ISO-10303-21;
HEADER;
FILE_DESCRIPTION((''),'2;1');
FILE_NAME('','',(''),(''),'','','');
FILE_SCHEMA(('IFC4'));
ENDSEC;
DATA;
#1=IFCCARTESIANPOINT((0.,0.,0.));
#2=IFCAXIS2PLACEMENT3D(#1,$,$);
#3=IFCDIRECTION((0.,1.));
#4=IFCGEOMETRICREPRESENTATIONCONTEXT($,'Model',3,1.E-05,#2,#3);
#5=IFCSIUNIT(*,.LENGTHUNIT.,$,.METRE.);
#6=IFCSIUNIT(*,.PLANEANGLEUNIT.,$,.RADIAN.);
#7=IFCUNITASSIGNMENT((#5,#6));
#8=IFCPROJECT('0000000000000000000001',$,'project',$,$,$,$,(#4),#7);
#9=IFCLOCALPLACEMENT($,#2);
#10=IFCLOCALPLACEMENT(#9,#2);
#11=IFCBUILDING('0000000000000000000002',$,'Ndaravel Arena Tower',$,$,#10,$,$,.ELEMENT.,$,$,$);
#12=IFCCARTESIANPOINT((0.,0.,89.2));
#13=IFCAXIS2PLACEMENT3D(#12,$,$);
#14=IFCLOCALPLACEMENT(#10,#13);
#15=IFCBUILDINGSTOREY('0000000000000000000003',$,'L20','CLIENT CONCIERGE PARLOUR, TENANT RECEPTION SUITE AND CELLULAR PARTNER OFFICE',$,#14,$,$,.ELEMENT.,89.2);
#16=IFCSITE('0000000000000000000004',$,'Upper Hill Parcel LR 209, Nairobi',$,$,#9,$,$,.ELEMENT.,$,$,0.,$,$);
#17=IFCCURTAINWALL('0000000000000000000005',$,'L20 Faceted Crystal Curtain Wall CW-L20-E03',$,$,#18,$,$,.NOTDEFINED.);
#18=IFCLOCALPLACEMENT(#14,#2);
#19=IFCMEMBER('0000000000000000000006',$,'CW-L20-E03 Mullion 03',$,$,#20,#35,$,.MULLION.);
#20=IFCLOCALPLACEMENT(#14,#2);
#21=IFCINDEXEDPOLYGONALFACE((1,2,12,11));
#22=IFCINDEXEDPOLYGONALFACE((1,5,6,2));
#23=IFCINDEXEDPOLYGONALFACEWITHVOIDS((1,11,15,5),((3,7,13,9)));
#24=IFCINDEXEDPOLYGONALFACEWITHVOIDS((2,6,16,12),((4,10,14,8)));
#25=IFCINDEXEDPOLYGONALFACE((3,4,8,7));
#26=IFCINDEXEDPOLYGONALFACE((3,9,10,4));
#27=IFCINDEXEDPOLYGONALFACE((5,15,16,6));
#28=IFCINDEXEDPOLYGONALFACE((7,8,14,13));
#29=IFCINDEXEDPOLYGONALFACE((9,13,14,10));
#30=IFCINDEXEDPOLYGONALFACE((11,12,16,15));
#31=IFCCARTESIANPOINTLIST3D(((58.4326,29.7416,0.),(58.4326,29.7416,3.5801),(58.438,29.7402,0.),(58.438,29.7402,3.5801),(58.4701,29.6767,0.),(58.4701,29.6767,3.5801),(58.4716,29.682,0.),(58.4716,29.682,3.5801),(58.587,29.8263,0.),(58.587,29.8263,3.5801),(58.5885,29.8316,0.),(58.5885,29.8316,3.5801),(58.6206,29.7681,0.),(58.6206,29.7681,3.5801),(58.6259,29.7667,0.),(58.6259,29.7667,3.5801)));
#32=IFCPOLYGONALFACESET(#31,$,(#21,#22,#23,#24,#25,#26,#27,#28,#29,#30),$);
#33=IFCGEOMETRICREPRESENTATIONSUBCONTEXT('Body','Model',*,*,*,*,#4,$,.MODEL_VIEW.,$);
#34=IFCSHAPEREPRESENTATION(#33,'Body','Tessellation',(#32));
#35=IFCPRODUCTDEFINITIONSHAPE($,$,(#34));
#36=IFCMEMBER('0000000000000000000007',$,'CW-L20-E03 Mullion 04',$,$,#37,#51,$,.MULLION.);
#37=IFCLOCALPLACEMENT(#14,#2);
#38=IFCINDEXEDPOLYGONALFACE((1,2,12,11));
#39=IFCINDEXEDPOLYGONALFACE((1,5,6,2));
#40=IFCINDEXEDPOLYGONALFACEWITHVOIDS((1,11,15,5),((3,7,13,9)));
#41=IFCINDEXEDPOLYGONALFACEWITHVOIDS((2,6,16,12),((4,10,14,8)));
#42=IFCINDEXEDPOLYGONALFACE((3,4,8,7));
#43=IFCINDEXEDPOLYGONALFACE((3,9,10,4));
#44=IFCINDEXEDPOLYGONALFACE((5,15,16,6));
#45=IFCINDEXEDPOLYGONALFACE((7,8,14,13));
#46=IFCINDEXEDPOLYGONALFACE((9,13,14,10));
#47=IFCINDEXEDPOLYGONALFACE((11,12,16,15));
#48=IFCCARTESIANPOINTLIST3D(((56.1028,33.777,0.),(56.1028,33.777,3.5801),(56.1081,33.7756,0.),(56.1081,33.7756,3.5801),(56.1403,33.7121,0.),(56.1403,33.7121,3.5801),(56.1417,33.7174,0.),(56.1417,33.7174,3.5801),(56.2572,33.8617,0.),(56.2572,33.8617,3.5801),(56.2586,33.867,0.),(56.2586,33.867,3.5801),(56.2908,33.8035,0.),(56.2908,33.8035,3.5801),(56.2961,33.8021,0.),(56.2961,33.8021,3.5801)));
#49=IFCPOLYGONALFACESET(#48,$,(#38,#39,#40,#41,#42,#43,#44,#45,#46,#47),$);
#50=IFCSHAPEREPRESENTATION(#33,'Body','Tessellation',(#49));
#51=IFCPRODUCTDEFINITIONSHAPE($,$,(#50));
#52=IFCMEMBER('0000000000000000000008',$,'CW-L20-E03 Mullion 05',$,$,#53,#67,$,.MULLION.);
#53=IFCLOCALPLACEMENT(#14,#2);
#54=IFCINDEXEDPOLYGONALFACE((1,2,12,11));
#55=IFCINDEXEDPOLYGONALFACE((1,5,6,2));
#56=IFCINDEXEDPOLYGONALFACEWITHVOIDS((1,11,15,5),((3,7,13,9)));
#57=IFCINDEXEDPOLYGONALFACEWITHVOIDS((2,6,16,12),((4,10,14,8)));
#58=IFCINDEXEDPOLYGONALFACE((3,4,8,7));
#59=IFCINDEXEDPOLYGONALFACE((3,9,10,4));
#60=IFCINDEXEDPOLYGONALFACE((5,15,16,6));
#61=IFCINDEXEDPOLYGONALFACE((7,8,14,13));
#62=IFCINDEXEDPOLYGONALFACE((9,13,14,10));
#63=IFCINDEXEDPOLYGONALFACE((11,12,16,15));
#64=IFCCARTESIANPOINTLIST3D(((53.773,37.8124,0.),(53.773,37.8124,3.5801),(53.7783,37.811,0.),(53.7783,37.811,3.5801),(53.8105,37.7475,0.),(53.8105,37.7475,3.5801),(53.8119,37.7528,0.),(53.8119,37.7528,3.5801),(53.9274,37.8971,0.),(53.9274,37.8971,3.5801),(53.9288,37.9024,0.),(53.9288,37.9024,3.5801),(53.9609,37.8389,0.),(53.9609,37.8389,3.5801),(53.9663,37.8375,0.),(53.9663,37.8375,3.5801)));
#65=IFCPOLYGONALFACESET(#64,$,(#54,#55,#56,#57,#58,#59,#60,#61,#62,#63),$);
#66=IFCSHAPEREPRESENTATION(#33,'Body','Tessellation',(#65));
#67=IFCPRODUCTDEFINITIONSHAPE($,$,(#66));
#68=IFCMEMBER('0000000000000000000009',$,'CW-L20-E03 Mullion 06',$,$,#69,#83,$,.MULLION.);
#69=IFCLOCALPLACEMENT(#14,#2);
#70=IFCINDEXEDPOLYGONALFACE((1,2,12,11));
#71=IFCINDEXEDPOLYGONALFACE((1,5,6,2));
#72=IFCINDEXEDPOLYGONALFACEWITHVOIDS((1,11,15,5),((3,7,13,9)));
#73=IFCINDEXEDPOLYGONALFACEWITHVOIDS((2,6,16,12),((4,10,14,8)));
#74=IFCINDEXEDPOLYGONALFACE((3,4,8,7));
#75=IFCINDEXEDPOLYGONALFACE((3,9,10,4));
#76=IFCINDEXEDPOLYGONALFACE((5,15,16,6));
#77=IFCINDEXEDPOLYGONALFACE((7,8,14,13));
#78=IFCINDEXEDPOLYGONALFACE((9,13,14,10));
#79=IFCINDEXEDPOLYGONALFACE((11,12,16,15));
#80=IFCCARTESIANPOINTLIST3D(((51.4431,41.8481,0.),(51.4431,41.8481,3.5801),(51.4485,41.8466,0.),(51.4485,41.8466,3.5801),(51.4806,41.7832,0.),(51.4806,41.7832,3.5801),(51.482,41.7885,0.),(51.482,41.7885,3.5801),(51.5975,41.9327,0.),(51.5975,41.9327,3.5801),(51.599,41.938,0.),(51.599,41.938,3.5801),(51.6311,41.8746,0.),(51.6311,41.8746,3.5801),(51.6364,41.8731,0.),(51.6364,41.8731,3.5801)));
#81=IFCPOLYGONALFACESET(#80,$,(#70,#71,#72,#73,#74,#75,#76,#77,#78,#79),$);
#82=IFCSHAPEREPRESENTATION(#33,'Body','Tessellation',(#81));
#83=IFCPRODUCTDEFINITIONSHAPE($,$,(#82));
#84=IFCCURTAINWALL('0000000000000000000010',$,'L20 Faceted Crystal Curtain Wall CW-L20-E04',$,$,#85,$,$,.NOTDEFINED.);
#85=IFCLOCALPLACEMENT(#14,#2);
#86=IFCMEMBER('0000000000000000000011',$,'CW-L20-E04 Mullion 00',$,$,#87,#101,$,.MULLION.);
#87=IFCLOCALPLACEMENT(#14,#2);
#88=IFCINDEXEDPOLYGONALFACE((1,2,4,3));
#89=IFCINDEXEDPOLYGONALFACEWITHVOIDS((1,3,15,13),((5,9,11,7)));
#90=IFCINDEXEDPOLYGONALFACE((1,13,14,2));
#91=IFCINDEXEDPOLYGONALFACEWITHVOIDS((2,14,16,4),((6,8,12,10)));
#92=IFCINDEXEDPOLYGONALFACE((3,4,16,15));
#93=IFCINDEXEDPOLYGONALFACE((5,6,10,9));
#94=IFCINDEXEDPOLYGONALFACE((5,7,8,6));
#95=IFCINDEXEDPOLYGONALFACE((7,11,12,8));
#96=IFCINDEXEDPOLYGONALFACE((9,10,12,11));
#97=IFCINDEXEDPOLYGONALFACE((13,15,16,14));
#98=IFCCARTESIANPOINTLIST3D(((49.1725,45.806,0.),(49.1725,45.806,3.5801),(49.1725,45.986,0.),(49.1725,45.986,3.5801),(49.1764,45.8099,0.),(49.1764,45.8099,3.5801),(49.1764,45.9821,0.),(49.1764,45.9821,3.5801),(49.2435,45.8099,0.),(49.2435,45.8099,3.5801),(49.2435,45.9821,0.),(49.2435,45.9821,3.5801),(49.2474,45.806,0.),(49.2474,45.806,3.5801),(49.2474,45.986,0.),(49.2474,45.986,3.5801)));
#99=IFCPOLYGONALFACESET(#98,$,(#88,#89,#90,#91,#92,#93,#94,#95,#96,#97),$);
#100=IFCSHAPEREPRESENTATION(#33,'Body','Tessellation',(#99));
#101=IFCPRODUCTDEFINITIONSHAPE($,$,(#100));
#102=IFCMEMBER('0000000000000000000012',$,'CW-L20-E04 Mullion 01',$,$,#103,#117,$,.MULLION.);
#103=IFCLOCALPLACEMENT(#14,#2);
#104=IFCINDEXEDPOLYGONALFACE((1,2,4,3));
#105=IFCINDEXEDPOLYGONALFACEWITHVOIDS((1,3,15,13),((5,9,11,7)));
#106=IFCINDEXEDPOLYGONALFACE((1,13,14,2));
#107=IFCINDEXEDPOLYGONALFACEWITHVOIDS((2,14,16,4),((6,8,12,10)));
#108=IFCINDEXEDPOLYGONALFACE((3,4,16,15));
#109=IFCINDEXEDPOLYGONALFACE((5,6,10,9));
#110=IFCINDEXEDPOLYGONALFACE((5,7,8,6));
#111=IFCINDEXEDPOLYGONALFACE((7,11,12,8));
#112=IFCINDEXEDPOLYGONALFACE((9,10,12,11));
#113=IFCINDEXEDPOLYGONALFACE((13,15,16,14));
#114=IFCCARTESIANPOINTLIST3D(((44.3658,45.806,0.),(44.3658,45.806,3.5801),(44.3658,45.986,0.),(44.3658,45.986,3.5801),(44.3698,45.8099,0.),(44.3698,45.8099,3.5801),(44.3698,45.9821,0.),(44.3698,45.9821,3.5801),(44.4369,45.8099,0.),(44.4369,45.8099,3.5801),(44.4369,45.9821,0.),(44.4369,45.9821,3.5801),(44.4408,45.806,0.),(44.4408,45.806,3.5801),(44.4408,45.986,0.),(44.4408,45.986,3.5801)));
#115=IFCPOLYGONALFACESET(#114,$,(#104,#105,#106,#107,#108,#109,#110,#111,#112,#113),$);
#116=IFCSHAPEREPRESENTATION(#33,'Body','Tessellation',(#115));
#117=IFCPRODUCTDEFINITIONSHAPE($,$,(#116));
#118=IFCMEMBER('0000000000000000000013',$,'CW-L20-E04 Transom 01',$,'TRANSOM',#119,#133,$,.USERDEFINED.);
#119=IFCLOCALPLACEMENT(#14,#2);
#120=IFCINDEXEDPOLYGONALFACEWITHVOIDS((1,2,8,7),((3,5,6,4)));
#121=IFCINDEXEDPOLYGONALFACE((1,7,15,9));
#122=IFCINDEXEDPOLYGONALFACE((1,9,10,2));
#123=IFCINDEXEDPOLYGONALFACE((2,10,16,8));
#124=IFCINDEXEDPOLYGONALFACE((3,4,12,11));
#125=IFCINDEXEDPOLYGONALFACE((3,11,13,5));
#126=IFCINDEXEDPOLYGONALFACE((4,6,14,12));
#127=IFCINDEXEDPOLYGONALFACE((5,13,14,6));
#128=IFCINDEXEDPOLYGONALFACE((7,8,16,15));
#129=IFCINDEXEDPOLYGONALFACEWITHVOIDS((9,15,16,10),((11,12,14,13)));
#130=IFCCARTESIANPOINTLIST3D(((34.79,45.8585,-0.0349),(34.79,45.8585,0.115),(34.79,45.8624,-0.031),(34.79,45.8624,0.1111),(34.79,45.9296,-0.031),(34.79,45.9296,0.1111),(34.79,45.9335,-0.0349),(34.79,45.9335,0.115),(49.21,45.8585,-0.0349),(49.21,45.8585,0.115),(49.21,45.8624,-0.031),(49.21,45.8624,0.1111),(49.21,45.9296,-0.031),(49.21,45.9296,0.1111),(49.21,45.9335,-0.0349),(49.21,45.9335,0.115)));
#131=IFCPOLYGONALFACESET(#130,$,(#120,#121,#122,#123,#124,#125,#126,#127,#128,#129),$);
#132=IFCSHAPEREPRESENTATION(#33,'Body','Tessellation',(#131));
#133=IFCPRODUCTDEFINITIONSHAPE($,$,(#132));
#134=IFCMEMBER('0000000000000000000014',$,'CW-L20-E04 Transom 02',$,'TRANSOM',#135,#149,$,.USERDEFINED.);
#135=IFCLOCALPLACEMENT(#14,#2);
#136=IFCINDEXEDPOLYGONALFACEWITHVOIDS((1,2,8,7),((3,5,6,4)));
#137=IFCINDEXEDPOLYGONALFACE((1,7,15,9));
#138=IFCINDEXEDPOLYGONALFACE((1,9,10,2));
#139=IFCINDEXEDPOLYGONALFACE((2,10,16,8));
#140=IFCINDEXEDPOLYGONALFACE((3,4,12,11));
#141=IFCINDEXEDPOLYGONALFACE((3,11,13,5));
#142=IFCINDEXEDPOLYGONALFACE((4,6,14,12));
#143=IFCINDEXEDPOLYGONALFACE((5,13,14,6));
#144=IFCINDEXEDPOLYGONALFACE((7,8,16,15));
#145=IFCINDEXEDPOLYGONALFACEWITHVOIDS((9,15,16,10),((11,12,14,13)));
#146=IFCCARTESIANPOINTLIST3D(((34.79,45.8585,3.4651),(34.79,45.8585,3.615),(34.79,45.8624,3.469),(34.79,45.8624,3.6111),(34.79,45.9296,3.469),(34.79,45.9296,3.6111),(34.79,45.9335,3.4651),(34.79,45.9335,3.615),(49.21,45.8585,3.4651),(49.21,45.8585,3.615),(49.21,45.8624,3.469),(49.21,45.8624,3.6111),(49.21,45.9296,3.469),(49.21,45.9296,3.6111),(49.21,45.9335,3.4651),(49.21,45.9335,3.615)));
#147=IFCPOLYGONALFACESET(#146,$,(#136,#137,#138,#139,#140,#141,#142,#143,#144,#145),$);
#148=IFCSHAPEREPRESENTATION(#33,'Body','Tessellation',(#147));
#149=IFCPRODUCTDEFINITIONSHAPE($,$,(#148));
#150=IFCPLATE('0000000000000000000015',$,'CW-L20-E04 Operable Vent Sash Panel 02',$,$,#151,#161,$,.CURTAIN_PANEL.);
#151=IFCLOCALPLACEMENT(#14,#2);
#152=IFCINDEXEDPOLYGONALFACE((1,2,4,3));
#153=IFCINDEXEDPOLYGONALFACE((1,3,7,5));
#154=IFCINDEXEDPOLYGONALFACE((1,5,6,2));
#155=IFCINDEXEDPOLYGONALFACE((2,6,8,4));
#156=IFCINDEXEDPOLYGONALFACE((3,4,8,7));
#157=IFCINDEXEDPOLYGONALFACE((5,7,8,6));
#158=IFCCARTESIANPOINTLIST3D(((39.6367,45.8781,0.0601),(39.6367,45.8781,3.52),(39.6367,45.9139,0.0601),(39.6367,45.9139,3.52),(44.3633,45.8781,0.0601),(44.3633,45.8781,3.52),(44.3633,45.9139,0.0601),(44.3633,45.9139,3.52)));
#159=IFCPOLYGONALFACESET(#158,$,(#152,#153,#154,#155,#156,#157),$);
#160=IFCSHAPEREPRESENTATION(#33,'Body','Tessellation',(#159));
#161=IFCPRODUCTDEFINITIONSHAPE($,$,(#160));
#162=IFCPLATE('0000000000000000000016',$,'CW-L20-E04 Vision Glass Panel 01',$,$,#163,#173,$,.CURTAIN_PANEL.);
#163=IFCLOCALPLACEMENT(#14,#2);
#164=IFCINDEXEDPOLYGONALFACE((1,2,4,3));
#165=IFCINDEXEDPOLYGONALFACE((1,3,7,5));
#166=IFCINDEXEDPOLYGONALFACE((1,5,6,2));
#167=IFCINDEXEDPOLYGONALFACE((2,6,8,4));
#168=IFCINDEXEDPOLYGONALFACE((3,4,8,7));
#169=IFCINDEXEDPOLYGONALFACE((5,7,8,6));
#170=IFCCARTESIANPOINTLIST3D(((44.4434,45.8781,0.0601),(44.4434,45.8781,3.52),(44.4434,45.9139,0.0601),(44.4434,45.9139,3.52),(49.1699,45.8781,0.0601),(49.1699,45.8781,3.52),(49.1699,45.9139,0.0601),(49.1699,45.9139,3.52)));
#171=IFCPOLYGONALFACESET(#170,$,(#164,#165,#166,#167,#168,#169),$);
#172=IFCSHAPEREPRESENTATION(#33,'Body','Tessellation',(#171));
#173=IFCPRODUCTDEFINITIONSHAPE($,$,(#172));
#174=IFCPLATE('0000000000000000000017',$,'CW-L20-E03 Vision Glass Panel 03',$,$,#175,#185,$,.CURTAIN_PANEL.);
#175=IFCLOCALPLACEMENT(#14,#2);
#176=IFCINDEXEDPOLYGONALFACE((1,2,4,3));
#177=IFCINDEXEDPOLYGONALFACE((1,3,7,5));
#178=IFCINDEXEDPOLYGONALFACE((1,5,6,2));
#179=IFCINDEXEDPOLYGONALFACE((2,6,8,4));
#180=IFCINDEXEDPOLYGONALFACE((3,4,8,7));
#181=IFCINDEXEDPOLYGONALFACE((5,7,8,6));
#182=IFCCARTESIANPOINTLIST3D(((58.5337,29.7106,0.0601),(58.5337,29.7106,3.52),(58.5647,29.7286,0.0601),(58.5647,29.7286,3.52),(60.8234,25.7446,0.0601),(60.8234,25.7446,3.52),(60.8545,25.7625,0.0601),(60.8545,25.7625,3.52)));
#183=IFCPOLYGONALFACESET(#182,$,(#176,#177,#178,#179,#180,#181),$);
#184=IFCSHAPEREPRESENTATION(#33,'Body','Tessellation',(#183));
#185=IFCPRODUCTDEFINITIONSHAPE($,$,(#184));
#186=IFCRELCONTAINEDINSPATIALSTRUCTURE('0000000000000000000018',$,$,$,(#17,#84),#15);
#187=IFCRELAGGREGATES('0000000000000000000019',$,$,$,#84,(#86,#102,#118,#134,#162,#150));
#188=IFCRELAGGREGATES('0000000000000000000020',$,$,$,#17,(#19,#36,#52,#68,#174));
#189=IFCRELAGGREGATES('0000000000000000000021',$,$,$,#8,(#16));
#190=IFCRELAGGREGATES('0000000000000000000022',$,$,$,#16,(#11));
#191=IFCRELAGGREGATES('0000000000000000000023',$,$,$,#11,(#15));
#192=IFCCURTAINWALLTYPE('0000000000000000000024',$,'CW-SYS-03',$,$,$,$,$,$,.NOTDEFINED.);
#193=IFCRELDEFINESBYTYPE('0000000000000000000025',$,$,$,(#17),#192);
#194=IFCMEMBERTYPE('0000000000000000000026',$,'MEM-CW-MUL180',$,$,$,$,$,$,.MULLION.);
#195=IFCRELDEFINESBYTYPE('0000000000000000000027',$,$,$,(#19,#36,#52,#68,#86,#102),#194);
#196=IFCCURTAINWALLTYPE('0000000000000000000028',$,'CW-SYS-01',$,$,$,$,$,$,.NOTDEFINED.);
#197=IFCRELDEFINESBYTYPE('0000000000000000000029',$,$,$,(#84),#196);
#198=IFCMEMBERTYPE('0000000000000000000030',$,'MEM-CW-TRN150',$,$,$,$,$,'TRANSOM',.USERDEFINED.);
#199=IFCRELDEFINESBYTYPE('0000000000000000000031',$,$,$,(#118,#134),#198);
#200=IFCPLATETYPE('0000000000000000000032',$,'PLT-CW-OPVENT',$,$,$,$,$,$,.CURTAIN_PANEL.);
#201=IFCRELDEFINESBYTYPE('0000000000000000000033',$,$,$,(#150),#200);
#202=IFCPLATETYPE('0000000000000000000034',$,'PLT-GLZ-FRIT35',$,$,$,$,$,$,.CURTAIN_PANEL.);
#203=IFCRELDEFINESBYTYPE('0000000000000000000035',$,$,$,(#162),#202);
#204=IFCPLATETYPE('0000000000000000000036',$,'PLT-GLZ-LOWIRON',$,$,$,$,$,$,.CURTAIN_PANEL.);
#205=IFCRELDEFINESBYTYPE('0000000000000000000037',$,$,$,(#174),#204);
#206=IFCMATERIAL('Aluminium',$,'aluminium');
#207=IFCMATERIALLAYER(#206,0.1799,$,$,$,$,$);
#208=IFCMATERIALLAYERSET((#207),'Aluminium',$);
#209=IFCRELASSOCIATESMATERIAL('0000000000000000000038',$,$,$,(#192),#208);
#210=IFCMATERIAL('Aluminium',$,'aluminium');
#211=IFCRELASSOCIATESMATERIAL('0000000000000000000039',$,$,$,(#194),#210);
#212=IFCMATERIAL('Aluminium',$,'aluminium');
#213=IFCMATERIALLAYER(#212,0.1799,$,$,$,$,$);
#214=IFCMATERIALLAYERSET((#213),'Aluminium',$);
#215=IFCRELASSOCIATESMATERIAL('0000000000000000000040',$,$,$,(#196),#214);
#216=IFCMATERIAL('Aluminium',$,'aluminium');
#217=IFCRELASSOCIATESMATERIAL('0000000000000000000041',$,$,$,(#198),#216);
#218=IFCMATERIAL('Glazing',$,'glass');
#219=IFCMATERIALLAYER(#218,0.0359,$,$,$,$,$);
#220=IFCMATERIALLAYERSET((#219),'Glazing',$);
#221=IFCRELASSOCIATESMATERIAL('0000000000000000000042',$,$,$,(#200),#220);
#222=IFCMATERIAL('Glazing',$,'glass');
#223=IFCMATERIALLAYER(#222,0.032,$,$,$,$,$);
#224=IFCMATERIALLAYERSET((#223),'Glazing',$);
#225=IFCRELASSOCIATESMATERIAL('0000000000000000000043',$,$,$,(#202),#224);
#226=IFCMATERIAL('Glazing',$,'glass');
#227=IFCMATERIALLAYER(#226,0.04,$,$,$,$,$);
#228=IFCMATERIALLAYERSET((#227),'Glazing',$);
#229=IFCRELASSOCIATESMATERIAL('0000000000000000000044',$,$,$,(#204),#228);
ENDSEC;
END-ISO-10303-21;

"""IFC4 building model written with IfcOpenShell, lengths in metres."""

from ifc_helpers import new_model, si_unit, direction, frame, origin, origin_2d, place, context, subcontext, project, spatial, rectangle, hollow_rectangle, extrude, material, layer, layer_set, material_profile, profile_set, type_object, element, aggregate, save


model = new_model("IFC4")

# Units and contexts
model_context = context("Model", 3, precision=1e-05, world=origin(), true_north=direction((0.0, 1.0)))
body_context = subcontext(model_context, "Body", "Model", "MODEL_VIEW")
ifc_project = project(units=[si_unit("LENGTHUNIT", "METRE"), si_unit("PLANEANGLEUNIT", "RADIAN")], contexts=[model_context])

# Site, building, storey
site_placement = place(None, origin())
site = spatial("IfcSite", under=ifc_project, at=site_placement, Name="Upper Hill Parcel LR 209, Nairobi", CompositionType="ELEMENT", RefElevation=0.0)
building_placement = place(site_placement, origin())
building = spatial("IfcBuilding", under=site, at=building_placement, Name="Ndaravel Arena Tower", CompositionType="ELEMENT")
storey_placement = place(building_placement, frame((0.0, 0.0, 89.2)))
storey = spatial("IfcBuildingStorey", under=building, at=storey_placement, Name="L20", Description="CLIENT CONCIERGE PARLOUR, TENANT RECEPTION SUITE AND CELLULAR PARTNER OFFICE", CompositionType="ELEMENT", Elevation=89.2)

# Curtain wall, members
ifc_material_1 = material(Name="Aluminium", Category="aluminium")
ifc_layer_1 = layer(ifc_material_1, 0.1799)
ifc_layer_set_1 = layer_set([ifc_layer_1], Name="Aluminium")
curtain_wall_type_1 = type_object("IfcCurtainWallType", Name="CW-SYS-03", PredefinedType="NOTDEFINED", material=ifc_layer_set_1)
curtain_wall_1_placement = place(storey_placement, origin())
curtain_wall_1 = element("IfcCurtainWall", 1, at=curtain_wall_1_placement, inside=storey, type_object=curtain_wall_type_1, Name="L20 Faceted Crystal Curtain Wall CW-L20-E03", PredefinedType="NOTDEFINED")
ifc_material_2 = material(Name="Aluminium", Category="aluminium")
ifc_material_profile_1 = material_profile(ifc_material_2, hollow_rectangle(XDim=0.075, YDim=0.1799, WallThickness=0.0039, at=origin_2d()), Name="CW MULLION 75x180x4")
ifc_profile_set_1 = profile_set([ifc_material_profile_1], Name="Aluminium")
member_type_1 = type_object("IfcMemberType", Name="MEM-CW-MUL180", PredefinedType="MULLION", material=ifc_profile_set_1)
member_1_placement = place(storey_placement, frame((58.5293, 29.7542, 0.0), z_axis=(0.0, 0.0, 1.0), x_axis=(-0.5, 0.866025, 0.0)))
member_1 = element("IfcMember", 2, at=member_1_placement, type_object=member_type_1, Name="CW-L20-E03 Mullion 03", PredefinedType="MULLION", context=body_context, shape_type="SweptSolid", body=[
    extrude(hollow_rectangle(XDim=0.075, YDim=0.1799, WallThickness=0.0039, at=origin_2d()), origin(), (0.0, 0.0, 1.0), 3.5801),
])
member_2_placement = place(storey_placement, frame((56.1995, 33.7896, 0.0), z_axis=(0.0, 0.0, 1.0), x_axis=(-0.5, 0.866025, 0.0)))
member_2 = element("IfcMember", 3, at=member_2_placement, type_object=member_type_1, Name="CW-L20-E03 Mullion 04", PredefinedType="MULLION", context=body_context, shape_type="SweptSolid", body=[
    extrude(hollow_rectangle(XDim=0.075, YDim=0.1799, WallThickness=0.0039, at=origin_2d()), origin(), (0.0, 0.0, 1.0), 3.5801),
])
member_3_placement = place(storey_placement, frame((53.8696, 37.825, 0.0), z_axis=(0.0, 0.0, 1.0), x_axis=(-0.5, 0.866025, 0.0)))
member_3 = element("IfcMember", 4, at=member_3_placement, type_object=member_type_1, Name="CW-L20-E03 Mullion 05", PredefinedType="MULLION", context=body_context, shape_type="SweptSolid", body=[
    extrude(hollow_rectangle(XDim=0.075, YDim=0.1799, WallThickness=0.0039, at=origin_2d()), origin(), (0.0, 0.0, 1.0), 3.5801),
])
member_4_placement = place(storey_placement, frame((51.5398, 41.8606, 0.0), z_axis=(0.0, 0.0, 1.0), x_axis=(-0.5, 0.866025, 0.0)))
member_4 = element("IfcMember", 5, at=member_4_placement, type_object=member_type_1, Name="CW-L20-E03 Mullion 06", PredefinedType="MULLION", context=body_context, shape_type="SweptSolid", body=[
    extrude(hollow_rectangle(XDim=0.075, YDim=0.1799, WallThickness=0.0039, at=origin_2d()), origin(), (0.0, 0.0, 1.0), 3.5801),
])

# Curtain wall, members, plates
ifc_material_3 = material(Name="Aluminium", Category="aluminium")
ifc_layer_2 = layer(ifc_material_3, 0.1799)
ifc_layer_set_2 = layer_set([ifc_layer_2], Name="Aluminium")
curtain_wall_type_2 = type_object("IfcCurtainWallType", Name="CW-SYS-01", PredefinedType="NOTDEFINED", material=ifc_layer_set_2)
curtain_wall_2_placement = place(storey_placement, origin())
curtain_wall_2 = element("IfcCurtainWall", 6, at=curtain_wall_2_placement, inside=storey, type_object=curtain_wall_type_2, Name="L20 Faceted Crystal Curtain Wall CW-L20-E04", PredefinedType="NOTDEFINED")
member_5_placement = place(storey_placement, frame((49.21, 45.896, 0.0), z_axis=(0.0, 0.0, 1.0), x_axis=(-1.0, 0.0, 0.0)))
member_5 = element("IfcMember", 7, at=member_5_placement, type_object=member_type_1, Name="CW-L20-E04 Mullion 00", PredefinedType="MULLION", context=body_context, shape_type="SweptSolid", body=[
    extrude(hollow_rectangle(XDim=0.075, YDim=0.1799, WallThickness=0.0039, at=origin_2d()), origin(), (0.0, 0.0, 1.0), 3.5801),
])
member_6_placement = place(storey_placement, frame((44.4033, 45.896, 0.0), z_axis=(0.0, 0.0, 1.0), x_axis=(-1.0, 0.0, 0.0)))
member_6 = element("IfcMember", 8, at=member_6_placement, type_object=member_type_1, Name="CW-L20-E04 Mullion 01", PredefinedType="MULLION", context=body_context, shape_type="SweptSolid", body=[
    extrude(hollow_rectangle(XDim=0.075, YDim=0.1799, WallThickness=0.0039, at=origin_2d()), origin(), (0.0, 0.0, 1.0), 3.5801),
])
ifc_material_4 = material(Name="Aluminium", Category="aluminium")
ifc_material_profile_2 = material_profile(ifc_material_4, hollow_rectangle(XDim=0.075, YDim=0.1499, WallThickness=0.0039, at=origin_2d()), Name="CW TRANSOM 75x150x4")
ifc_profile_set_2 = profile_set([ifc_material_profile_2], Name="Aluminium")
member_type_2 = type_object("IfcMemberType", Name="MEM-CW-TRN150", ElementType="TRANSOM", PredefinedType="USERDEFINED", material=ifc_profile_set_2)
member_7_placement = place(storey_placement, frame((49.21, 45.896, 0.04), z_axis=(-1.0, 0.0, 0.0), x_axis=(0.0, -1.0, 0.0)))
member_7 = element("IfcMember", 9, at=member_7_placement, type_object=member_type_2, Name="CW-L20-E04 Transom 01", ObjectType="TRANSOM", PredefinedType="USERDEFINED", context=body_context, shape_type="SweptSolid", body=[
    extrude(hollow_rectangle(XDim=0.075, YDim=0.1499, WallThickness=0.0039, at=origin_2d()), origin(), (0.0, 0.0, 1.0), 14.4199),
])
member_8_placement = place(storey_placement, frame((49.21, 45.896, 3.54), z_axis=(-1.0, 0.0, 0.0), x_axis=(0.0, -1.0, 0.0)))
member_8 = element("IfcMember", 10, at=member_8_placement, type_object=member_type_2, Name="CW-L20-E04 Transom 02", ObjectType="TRANSOM", PredefinedType="USERDEFINED", context=body_context, shape_type="SweptSolid", body=[
    extrude(hollow_rectangle(XDim=0.075, YDim=0.1499, WallThickness=0.0039, at=origin_2d()), origin(), (0.0, 0.0, 1.0), 14.4199),
])
ifc_material_5 = material(Name="Glazing", Category="glass")
ifc_layer_3 = layer(ifc_material_5, 0.0359)
ifc_layer_set_3 = layer_set([ifc_layer_3], Name="Glazing")
plate_type_1 = type_object("IfcPlateType", Name="PLT-CW-OPVENT", PredefinedType="CURTAIN_PANEL", material=ifc_layer_set_3)
plate_1_placement = place(storey_placement, frame((42.0, 45.896, 0.0601), z_axis=(0.0, 0.0, 1.0), x_axis=(-1.0, 0.0, 0.0)))
plate_1 = element("IfcPlate", 11, at=plate_1_placement, type_object=plate_type_1, Name="CW-L20-E04 Operable Vent Sash Panel 02", PredefinedType="CURTAIN_PANEL", context=body_context, shape_type="SweptSolid", body=[
    extrude(rectangle(XDim=4.7266, YDim=0.0359, at=origin_2d()), origin(), (0.0, 0.0, 1.0), 3.46),
])
ifc_material_6 = material(Name="Glazing", Category="glass")
ifc_layer_4 = layer(ifc_material_6, 0.032)
ifc_layer_set_4 = layer_set([ifc_layer_4], Name="Glazing")
plate_type_2 = type_object("IfcPlateType", Name="PLT-GLZ-FRIT35", PredefinedType="CURTAIN_PANEL", material=ifc_layer_set_4)
plate_2_placement = place(storey_placement, frame((46.8066, 45.896, 0.0601), z_axis=(0.0, 0.0, 1.0), x_axis=(-1.0, 0.0, 0.0)))
plate_2 = element("IfcPlate", 12, at=plate_2_placement, type_object=plate_type_2, Name="CW-L20-E04 Vision Glass Panel 01", PredefinedType="CURTAIN_PANEL", context=body_context, shape_type="SweptSolid", body=[
    extrude(rectangle(XDim=4.7266, YDim=0.0359, at=origin_2d()), origin(), (0.0, 0.0, 1.0), 3.46),
])
aggregate(curtain_wall_2, [member_5, member_6, member_7, member_8, plate_2, plate_1])

# Plate
ifc_material_7 = material(Name="Glazing", Category="glass")
ifc_layer_5 = layer(ifc_material_7, 0.04)
ifc_layer_set_5 = layer_set([ifc_layer_5], Name="Glazing")
plate_type_3 = type_object("IfcPlateType", Name="PLT-GLZ-LOWIRON", PredefinedType="CURTAIN_PANEL", material=ifc_layer_set_5)
plate_3_placement = place(storey_placement, frame((59.6941, 27.7366, 0.0601), z_axis=(0.0, 0.0, 1.0), x_axis=(-0.5, 0.866025, 0.0)))
plate_3 = element("IfcPlate", 13, at=plate_3_placement, type_object=plate_type_3, Name="CW-L20-E03 Vision Glass Panel 03", PredefinedType="CURTAIN_PANEL", context=body_context, shape_type="SweptSolid", body=[
    extrude(rectangle(XDim=4.5796, YDim=0.0359, at=origin_2d()), origin(), (0.0, 0.0, 1.0), 3.46),
])
aggregate(curtain_wall_1, [member_1, member_2, member_3, member_4, plate_3])

save(model, "model.ifc")
